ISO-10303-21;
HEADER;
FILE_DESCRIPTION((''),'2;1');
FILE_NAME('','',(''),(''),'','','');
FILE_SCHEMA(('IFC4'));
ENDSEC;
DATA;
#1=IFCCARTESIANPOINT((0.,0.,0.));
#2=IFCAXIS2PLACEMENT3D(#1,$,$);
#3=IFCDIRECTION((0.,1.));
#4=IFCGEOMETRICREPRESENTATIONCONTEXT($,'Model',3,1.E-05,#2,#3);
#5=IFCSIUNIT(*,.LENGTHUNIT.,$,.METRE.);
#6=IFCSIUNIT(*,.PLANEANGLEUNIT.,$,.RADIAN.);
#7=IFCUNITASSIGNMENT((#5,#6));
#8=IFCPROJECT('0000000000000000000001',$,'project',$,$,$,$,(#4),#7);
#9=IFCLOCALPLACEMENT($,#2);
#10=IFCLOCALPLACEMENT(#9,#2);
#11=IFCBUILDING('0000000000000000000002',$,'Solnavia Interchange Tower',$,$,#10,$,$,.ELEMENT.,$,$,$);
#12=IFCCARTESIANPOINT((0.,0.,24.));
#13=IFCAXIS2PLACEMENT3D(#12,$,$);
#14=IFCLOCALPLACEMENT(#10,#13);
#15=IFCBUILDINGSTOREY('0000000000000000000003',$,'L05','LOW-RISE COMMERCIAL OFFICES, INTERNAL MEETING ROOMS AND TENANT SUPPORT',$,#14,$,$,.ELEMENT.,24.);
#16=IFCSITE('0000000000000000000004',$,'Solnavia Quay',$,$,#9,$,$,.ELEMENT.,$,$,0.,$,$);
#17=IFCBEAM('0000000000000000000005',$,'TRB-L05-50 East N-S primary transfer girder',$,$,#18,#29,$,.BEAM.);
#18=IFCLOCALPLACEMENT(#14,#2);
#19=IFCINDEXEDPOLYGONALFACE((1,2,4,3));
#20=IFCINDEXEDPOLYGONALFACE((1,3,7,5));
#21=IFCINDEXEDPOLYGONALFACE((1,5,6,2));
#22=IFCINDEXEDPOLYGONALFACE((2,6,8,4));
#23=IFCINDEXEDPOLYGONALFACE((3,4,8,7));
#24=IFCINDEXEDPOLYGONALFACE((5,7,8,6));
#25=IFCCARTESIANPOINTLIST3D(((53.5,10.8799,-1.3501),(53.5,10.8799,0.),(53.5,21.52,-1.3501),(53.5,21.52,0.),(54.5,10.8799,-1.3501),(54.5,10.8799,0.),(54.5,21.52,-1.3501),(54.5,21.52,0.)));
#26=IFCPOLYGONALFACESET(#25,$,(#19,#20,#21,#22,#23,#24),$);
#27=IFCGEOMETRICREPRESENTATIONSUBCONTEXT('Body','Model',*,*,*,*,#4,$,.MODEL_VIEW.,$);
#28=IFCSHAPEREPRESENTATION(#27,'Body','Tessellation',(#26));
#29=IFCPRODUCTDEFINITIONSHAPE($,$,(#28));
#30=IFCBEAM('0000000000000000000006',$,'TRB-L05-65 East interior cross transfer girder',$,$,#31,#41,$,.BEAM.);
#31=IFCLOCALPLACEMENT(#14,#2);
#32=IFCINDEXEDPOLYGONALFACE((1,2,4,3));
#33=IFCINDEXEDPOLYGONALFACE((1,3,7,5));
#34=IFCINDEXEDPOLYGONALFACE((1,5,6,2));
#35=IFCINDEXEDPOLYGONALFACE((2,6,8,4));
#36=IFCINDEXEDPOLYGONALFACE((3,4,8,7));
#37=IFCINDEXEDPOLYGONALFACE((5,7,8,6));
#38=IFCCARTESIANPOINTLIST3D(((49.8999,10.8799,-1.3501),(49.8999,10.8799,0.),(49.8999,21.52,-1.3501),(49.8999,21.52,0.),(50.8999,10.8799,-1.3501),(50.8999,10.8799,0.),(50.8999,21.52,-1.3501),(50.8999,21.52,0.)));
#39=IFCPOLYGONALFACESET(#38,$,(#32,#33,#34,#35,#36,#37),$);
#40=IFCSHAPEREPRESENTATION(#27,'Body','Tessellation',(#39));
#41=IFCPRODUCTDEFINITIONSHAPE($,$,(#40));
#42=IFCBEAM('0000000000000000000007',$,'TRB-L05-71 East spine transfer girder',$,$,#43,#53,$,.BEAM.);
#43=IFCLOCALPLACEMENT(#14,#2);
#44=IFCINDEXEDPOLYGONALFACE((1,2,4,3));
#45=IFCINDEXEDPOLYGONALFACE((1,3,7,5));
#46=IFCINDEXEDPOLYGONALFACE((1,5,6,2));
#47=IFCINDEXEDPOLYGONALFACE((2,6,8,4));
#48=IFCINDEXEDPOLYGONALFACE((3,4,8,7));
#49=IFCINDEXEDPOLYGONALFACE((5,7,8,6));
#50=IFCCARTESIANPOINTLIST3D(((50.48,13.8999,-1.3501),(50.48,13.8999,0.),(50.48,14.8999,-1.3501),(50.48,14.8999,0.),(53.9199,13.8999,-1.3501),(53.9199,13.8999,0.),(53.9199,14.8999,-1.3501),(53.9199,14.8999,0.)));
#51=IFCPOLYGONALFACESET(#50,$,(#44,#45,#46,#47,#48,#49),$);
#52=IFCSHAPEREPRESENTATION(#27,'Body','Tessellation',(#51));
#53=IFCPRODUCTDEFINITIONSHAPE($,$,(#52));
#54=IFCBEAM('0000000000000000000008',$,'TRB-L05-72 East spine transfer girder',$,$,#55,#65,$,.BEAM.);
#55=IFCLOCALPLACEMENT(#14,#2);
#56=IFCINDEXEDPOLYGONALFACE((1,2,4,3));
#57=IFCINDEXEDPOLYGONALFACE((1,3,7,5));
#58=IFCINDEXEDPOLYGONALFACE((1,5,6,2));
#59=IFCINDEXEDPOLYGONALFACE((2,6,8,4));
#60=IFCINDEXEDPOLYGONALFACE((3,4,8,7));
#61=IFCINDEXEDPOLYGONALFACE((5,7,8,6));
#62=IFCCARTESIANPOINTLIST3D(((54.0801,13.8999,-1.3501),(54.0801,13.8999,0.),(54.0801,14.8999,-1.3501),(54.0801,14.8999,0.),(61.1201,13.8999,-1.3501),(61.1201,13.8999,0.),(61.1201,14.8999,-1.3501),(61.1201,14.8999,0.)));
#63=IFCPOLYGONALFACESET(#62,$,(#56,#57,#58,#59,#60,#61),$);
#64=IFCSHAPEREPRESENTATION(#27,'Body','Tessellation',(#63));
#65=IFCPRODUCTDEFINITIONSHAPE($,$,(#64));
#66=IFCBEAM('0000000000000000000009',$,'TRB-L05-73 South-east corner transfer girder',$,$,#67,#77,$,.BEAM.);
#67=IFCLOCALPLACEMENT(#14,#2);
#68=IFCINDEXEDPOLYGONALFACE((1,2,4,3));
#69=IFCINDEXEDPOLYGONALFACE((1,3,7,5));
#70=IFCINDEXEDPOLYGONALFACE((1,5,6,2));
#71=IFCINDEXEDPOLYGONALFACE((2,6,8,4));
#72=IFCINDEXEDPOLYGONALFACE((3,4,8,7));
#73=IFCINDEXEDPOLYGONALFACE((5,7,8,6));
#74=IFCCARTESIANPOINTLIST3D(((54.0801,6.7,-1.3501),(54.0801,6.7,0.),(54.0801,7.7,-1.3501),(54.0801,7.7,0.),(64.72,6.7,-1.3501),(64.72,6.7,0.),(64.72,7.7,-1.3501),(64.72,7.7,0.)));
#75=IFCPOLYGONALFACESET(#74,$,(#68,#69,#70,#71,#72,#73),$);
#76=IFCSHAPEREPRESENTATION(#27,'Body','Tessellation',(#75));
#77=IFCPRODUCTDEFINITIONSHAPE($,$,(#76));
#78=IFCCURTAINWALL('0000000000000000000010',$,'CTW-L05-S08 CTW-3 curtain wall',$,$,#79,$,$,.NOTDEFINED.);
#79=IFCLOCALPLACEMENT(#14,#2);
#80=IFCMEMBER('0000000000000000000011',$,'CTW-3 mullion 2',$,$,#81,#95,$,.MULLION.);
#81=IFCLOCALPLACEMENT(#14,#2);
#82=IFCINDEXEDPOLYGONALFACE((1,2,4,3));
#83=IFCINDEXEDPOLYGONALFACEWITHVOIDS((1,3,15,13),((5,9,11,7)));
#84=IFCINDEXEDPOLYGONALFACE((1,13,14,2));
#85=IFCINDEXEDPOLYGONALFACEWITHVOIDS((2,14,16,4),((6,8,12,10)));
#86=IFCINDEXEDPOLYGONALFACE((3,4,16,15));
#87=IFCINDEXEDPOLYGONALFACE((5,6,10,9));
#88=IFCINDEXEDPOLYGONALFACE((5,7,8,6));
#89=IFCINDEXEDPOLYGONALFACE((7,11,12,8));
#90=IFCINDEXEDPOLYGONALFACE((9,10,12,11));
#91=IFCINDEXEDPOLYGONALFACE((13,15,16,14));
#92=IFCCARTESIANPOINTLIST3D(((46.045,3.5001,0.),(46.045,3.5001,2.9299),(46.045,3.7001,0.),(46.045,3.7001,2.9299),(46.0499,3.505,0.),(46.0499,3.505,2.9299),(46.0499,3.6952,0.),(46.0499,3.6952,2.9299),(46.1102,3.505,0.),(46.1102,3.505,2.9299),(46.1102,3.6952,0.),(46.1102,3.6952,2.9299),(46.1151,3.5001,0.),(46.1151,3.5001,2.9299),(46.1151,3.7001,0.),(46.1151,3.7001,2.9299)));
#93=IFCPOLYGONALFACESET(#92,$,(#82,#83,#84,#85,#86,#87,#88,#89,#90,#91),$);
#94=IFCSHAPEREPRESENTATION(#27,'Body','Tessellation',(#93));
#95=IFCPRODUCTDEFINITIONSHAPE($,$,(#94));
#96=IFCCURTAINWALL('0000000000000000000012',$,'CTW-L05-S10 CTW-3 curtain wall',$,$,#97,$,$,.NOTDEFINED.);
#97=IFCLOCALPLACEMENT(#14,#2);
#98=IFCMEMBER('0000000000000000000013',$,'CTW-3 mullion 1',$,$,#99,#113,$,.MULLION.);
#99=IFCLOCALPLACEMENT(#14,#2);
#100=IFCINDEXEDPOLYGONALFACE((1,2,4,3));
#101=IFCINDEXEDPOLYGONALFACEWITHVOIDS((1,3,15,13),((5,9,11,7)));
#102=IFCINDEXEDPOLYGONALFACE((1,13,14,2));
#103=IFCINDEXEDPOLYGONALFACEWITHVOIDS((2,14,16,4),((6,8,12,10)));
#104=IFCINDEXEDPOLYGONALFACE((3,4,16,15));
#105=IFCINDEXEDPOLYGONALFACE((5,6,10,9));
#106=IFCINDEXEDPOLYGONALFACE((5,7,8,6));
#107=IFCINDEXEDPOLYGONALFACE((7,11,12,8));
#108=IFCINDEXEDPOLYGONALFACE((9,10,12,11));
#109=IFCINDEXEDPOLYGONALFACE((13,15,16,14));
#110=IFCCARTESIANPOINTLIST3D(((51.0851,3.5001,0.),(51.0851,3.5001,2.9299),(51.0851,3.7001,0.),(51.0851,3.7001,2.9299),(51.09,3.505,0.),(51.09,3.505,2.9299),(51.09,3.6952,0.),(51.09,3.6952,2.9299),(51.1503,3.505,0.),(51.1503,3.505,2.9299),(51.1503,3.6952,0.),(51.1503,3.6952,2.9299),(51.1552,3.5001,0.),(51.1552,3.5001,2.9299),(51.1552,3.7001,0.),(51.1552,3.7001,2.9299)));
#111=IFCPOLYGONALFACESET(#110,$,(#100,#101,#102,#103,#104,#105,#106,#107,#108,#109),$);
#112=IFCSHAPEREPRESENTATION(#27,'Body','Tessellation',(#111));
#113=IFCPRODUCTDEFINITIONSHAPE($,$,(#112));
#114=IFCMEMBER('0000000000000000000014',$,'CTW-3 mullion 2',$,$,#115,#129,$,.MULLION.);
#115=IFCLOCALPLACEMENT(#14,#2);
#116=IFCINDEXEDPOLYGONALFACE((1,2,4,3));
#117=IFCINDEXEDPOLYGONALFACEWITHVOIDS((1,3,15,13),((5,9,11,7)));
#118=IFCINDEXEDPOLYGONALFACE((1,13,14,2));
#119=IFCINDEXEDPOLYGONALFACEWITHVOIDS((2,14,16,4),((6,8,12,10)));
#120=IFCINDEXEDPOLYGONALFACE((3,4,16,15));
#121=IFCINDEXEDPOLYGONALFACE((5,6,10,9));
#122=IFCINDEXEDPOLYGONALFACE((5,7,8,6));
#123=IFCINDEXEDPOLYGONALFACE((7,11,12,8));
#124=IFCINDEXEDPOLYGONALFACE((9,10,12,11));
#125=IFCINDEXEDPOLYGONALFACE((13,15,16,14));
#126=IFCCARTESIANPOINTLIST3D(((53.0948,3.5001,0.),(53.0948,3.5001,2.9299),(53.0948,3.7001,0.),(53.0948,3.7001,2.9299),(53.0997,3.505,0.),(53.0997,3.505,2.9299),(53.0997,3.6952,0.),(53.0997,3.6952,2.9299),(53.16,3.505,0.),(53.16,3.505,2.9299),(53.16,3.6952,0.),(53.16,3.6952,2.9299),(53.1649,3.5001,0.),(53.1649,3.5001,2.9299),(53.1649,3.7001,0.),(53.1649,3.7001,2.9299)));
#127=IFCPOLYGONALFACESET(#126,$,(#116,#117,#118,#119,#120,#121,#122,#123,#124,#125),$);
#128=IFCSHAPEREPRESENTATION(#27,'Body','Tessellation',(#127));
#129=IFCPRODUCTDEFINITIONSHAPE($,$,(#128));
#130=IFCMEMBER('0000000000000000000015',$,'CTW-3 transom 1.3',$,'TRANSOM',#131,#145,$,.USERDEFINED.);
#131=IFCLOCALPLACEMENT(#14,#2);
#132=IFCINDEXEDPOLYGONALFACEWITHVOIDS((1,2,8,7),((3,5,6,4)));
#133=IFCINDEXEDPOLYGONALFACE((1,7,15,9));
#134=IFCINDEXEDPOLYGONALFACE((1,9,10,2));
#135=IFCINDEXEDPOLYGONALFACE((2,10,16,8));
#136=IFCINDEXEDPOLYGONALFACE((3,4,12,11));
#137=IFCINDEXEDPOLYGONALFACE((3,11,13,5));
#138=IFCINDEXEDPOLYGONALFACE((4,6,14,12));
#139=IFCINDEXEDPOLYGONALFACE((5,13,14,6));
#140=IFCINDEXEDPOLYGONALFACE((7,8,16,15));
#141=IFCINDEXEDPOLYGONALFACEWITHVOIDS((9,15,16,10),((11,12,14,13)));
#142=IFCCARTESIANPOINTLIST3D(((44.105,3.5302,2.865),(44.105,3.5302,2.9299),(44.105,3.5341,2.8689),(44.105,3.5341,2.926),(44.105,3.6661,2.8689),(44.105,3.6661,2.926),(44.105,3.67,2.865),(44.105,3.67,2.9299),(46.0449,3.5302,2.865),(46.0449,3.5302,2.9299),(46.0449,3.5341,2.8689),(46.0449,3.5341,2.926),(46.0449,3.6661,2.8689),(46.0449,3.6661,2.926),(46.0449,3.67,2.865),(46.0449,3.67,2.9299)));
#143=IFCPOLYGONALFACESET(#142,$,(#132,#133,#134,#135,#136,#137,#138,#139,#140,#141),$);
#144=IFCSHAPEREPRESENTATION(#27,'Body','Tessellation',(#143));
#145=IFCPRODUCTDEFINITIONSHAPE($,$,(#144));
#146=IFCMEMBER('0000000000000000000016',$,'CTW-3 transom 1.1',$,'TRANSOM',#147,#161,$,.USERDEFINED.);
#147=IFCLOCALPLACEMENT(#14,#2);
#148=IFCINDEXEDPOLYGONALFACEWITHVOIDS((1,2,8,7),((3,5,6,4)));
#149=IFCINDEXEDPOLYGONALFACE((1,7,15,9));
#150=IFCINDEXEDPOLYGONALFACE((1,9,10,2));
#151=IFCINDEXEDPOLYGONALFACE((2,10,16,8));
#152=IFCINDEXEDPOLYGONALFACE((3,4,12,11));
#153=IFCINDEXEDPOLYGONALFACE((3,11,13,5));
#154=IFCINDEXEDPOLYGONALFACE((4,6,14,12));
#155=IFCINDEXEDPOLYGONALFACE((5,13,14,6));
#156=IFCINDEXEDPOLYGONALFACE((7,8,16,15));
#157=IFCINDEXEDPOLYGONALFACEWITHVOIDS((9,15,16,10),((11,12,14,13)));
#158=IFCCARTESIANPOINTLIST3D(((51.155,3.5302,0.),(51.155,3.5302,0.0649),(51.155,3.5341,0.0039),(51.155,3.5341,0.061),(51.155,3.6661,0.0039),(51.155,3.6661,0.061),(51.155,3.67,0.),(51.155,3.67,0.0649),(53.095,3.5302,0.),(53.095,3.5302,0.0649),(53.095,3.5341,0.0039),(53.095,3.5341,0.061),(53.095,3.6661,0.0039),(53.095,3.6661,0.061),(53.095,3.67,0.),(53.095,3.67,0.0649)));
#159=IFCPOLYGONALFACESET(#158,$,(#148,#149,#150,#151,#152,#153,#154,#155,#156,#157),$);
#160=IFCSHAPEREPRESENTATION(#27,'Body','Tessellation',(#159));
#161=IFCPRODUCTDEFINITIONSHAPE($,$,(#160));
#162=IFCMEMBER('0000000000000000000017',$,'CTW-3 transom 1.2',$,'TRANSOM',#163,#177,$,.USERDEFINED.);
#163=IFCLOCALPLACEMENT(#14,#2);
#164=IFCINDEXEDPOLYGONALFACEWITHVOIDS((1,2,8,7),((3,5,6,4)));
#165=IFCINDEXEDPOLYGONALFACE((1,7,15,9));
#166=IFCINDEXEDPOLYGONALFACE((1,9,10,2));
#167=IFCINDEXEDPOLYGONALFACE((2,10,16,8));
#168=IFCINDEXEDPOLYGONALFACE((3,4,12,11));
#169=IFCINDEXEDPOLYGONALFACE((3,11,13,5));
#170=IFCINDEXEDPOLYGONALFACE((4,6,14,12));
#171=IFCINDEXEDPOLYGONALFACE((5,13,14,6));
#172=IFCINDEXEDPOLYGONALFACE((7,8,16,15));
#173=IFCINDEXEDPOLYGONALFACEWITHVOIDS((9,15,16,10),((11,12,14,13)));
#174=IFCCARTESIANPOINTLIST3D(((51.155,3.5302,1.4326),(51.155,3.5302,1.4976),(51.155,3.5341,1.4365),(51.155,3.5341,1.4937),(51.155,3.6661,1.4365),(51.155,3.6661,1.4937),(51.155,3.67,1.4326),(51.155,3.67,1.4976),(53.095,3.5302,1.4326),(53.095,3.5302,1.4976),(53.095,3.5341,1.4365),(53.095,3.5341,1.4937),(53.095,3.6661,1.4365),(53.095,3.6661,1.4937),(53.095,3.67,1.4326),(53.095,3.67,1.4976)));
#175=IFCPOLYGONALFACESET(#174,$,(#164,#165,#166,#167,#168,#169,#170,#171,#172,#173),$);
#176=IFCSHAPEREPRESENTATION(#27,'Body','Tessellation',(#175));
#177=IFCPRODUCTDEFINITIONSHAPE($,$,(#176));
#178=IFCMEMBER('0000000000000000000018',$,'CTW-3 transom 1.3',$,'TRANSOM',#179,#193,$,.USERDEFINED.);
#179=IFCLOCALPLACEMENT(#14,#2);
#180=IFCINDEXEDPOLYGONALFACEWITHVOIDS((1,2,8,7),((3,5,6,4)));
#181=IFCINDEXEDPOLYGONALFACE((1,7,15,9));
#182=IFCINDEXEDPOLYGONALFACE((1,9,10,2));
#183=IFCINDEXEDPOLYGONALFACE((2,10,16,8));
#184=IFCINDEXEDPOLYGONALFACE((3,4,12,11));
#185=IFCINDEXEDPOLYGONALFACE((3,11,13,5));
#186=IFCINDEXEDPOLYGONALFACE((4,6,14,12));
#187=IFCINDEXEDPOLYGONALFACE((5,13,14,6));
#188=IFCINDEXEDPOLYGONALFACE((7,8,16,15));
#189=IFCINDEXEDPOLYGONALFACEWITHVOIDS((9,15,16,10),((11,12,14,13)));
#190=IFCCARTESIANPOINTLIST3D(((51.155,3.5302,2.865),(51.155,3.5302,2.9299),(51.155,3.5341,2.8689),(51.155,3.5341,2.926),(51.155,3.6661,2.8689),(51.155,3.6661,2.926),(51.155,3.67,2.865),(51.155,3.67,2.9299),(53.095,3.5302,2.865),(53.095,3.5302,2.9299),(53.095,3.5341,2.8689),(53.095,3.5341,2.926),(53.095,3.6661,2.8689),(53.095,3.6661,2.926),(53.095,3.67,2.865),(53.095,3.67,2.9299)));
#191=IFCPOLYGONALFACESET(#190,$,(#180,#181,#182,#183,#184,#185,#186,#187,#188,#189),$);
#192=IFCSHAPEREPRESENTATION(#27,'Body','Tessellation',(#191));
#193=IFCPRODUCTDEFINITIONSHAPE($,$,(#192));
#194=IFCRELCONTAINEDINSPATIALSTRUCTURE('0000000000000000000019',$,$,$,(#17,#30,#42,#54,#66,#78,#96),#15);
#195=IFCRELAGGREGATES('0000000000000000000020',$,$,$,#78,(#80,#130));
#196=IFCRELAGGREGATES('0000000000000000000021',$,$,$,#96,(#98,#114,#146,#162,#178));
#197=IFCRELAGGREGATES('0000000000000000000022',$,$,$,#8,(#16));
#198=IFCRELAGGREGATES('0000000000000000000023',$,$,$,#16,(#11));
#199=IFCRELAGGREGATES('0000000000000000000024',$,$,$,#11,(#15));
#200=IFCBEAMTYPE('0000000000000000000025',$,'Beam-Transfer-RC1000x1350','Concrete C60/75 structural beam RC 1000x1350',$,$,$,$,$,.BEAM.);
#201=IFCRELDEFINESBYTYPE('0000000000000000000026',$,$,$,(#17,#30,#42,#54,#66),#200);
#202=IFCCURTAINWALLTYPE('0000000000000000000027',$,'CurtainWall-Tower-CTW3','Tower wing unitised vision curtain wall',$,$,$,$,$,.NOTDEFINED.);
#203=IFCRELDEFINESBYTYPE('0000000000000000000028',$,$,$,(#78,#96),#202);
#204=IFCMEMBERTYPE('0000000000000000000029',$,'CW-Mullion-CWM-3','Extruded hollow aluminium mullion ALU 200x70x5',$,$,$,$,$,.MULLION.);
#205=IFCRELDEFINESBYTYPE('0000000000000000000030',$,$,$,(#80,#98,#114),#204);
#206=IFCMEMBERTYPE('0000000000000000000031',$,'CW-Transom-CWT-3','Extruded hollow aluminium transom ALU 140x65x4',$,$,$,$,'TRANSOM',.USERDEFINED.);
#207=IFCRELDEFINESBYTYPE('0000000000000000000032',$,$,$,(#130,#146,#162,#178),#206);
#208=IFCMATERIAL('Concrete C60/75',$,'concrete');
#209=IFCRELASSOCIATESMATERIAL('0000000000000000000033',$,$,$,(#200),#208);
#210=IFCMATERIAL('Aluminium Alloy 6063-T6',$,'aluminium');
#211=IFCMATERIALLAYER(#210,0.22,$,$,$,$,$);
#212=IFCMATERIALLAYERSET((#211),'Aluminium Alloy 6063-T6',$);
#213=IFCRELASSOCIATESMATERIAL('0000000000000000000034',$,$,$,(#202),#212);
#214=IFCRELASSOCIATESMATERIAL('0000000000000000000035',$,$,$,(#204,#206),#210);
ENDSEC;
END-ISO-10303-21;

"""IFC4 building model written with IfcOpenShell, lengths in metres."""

from ifc_helpers import new_model, si_unit, direction, frame, origin, origin_2d, place, context, subcontext, project, spatial, rectangle, hollow_rectangle, extrude, material, layer, layer_set, material_profile, profile_set, type_object, element, aggregate, save


model = new_model("IFC4")

# Units and contexts
model_context = context("Model", 3, precision=1e-05, world=origin(), true_north=direction((0.0, 1.0)))
body_context = subcontext(model_context, "Body", "Model", "MODEL_VIEW")
ifc_project = project(units=[si_unit("LENGTHUNIT", "METRE"), si_unit("PLANEANGLEUNIT", "RADIAN")], contexts=[model_context])

# Site, building, storey
site_placement = place(None, origin())
site = spatial("IfcSite", under=ifc_project, at=site_placement, Name="Solnavia Quay", CompositionType="ELEMENT", RefElevation=0.0)
building_placement = place(site_placement, origin())
building = spatial("IfcBuilding", under=site, at=building_placement, Name="Solnavia Interchange Tower", CompositionType="ELEMENT")
storey_placement = place(building_placement, frame((0.0, 0.0, 24.0)))
storey = spatial("IfcBuildingStorey", under=building, at=storey_placement, Name="L05", Description="LOW-RISE COMMERCIAL OFFICES, INTERNAL MEETING ROOMS AND TENANT SUPPORT", CompositionType="ELEMENT", Elevation=24.0)

# Shared definitions
ifc_material_1 = material(Name="Concrete C60/75", Category="concrete")

# Beams
ifc_material_profile_1 = material_profile(ifc_material_1, rectangle(XDim=1.0, YDim=1.3501, at=origin_2d()), Name="RC 1000x1350")
ifc_profile_set_1 = profile_set([ifc_material_profile_1], Name="Concrete C60/75")
beam_type_1 = type_object("IfcBeamType", Name="Beam-Transfer-RC1000x1350", Description="Concrete C60/75 structural beam RC 1000x1350", PredefinedType="BEAM", material=ifc_profile_set_1)
for number, where, z_axis, x_axis, name in (
    (1, (54.0, 10.8799, -0.675), (0.0, 1.0, 0.0), (-1.0, 0.0, 0.0), "TRB-L05-50 East N-S primary transfer girder"),
    (2, (50.3999, 10.8799, -0.675), (0.0, 1.0, 0.0), (-1.0, 0.0, 0.0), "TRB-L05-65 East interior cross transfer girder"),
):
    element("IfcBeam", number, at=place(storey_placement, frame(where, z_axis=z_axis, x_axis=x_axis)), inside=storey, type_object=beam_type_1, Name=name, PredefinedType="BEAM", context=body_context, shape_type="SweptSolid", body=[
        extrude(rectangle(XDim=1.0, YDim=1.3501, at=origin_2d()), origin(), (0.0, 0.0, 1.0), 10.6401),
    ])
beam_1_placement = place(storey_placement, frame((50.48, 14.3999, -0.675), z_axis=(1.0, 0.0, 0.0), x_axis=(0.0, 1.0, 0.0)))
element("IfcBeam", 3, at=beam_1_placement, inside=storey, type_object=beam_type_1, Name="TRB-L05-71 East spine transfer girder", PredefinedType="BEAM", context=body_context, shape_type="SweptSolid", body=[
    extrude(rectangle(XDim=1.0, YDim=1.3501, at=origin_2d()), origin(), (0.0, 0.0, 1.0), 3.4399),
])
beam_2_placement = place(storey_placement, frame((54.0801, 14.3999, -0.675), z_axis=(1.0, 0.0, 0.0), x_axis=(0.0, 1.0, 0.0)))
element("IfcBeam", 4, at=beam_2_placement, inside=storey, type_object=beam_type_1, Name="TRB-L05-72 East spine transfer girder", PredefinedType="BEAM", context=body_context, shape_type="SweptSolid", body=[
    extrude(rectangle(XDim=1.0, YDim=1.3501, at=origin_2d()), origin(), (0.0, 0.0, 1.0), 7.04),
])
beam_3_placement = place(storey_placement, frame((54.0801, 7.2, -0.675), z_axis=(1.0, 0.0, 0.0), x_axis=(0.0, 1.0, 0.0)))
element("IfcBeam", 5, at=beam_3_placement, inside=storey, type_object=beam_type_1, Name="TRB-L05-73 South-east corner transfer girder", PredefinedType="BEAM", context=body_context, shape_type="SweptSolid", body=[
    extrude(rectangle(XDim=1.0, YDim=1.3501, at=origin_2d()), origin(), (0.0, 0.0, 1.0), 10.6399),
])

# Curtain wall, member
ifc_material_2 = material(Name="Aluminium Alloy 6063-T6", Category="aluminium")
ifc_layer_1 = layer(ifc_material_2, 0.22)
ifc_layer_set_1 = layer_set([ifc_layer_1], Name="Aluminium Alloy 6063-T6")
curtain_wall_type = type_object("IfcCurtainWallType", Name="CurtainWall-Tower-CTW3", Description="Tower wing unitised vision curtain wall", PredefinedType="NOTDEFINED", material=ifc_layer_set_1)
curtain_wall_1_placement = place(storey_placement, origin())
curtain_wall_1 = element("IfcCurtainWall", 6, at=curtain_wall_1_placement, inside=storey, type_object=curtain_wall_type, Name="CTW-L05-S08 CTW-3 curtain wall", PredefinedType="NOTDEFINED")
ifc_material_profile_2 = material_profile(ifc_material_2, hollow_rectangle(XDim=0.0701, YDim=0.2, WallThickness=0.0049, at=origin_2d()), Name="ALU 200x70x5")
ifc_profile_set_2 = profile_set([ifc_material_profile_2], Name="Aluminium Alloy 6063-T6")
member_type_1 = type_object("IfcMemberType", Name="CW-Mullion-CWM-3", Description="Extruded hollow aluminium mullion ALU 200x70x5", PredefinedType="MULLION", material=ifc_profile_set_2)
member_1_placement = place(storey_placement, frame((46.0801, 3.6001, 0.0), z_axis=(0.0, 0.0, 1.0), x_axis=(1.0, 0.0, 0.0)))
member_1 = element("IfcMember", 7, at=member_1_placement, type_object=member_type_1, Name="CTW-3 mullion 2", PredefinedType="MULLION", context=body_context, shape_type="SweptSolid", body=[
    extrude(hollow_rectangle(XDim=0.0701, YDim=0.2, WallThickness=0.0049, at=origin_2d()), origin(), (0.0, 0.0, 1.0), 2.9299),
])

# Curtain wall, members
curtain_wall_2_placement = place(storey_placement, origin())
curtain_wall_2 = element("IfcCurtainWall", 8, at=curtain_wall_2_placement, inside=storey, type_object=curtain_wall_type, Name="CTW-L05-S10 CTW-3 curtain wall", PredefinedType="NOTDEFINED")
member_2_placement = place(storey_placement, frame((51.1201, 3.6001, 0.0), z_axis=(0.0, 0.0, 1.0), x_axis=(1.0, 0.0, 0.0)))
member_2 = element("IfcMember", 9, at=member_2_placement, type_object=member_type_1, Name="CTW-3 mullion 1", PredefinedType="MULLION", context=body_context, shape_type="SweptSolid", body=[
    extrude(hollow_rectangle(XDim=0.0701, YDim=0.2, WallThickness=0.0049, at=origin_2d()), origin(), (0.0, 0.0, 1.0), 2.9299),
])
member_3_placement = place(storey_placement, frame((53.1299, 3.6001, 0.0), z_axis=(0.0, 0.0, 1.0), x_axis=(1.0, 0.0, 0.0)))
member_3 = element("IfcMember", 10, at=member_3_placement, type_object=member_type_1, Name="CTW-3 mullion 2", PredefinedType="MULLION", context=body_context, shape_type="SweptSolid", body=[
    extrude(hollow_rectangle(XDim=0.0701, YDim=0.2, WallThickness=0.0049, at=origin_2d()), origin(), (0.0, 0.0, 1.0), 2.9299),
])

# Members
ifc_material_profile_3 = material_profile(ifc_material_2, hollow_rectangle(XDim=0.0649, YDim=0.1399, WallThickness=0.0039, at=origin_2d()), Name="ALU 140x65x4")
ifc_profile_set_3 = profile_set([ifc_material_profile_3], Name="Aluminium Alloy 6063-T6")
member_type_2 = type_object("IfcMemberType", Name="CW-Transom-CWT-3", Description="Extruded hollow aluminium transom ALU 140x65x4", ElementType="TRANSOM", PredefinedType="USERDEFINED", material=ifc_profile_set_3)
member_4_placement = place(storey_placement, frame((44.105, 3.6001, 2.8975), z_axis=(1.0, 0.0, 0.0), x_axis=(0.0, 0.0, 1.0)))
member_4 = element("IfcMember", 11, at=member_4_placement, type_object=member_type_2, Name="CTW-3 transom 1.3", ObjectType="TRANSOM", PredefinedType="USERDEFINED", context=body_context, shape_type="SweptSolid", body=[
    extrude(hollow_rectangle(XDim=0.0649, YDim=0.1399, WallThickness=0.0039, at=origin_2d()), origin(), (0.0, 0.0, 1.0), 1.9399),
])
member_5_placement = place(storey_placement, frame((51.155, 3.6001, 0.0325), z_axis=(1.0, 0.0, 0.0), x_axis=(0.0, 0.0, 1.0)))
member_5 = element("IfcMember", 12, at=member_5_placement, type_object=member_type_2, Name="CTW-3 transom 1.1", ObjectType="TRANSOM", PredefinedType="USERDEFINED", context=body_context, shape_type="SweptSolid", body=[
    extrude(hollow_rectangle(XDim=0.0649, YDim=0.1399, WallThickness=0.0039, at=origin_2d()), origin(), (0.0, 0.0, 1.0), 1.9399),
])
member_6_placement = place(storey_placement, frame((51.155, 3.6001, 1.4651), z_axis=(1.0, 0.0, 0.0), x_axis=(0.0, 0.0, 1.0)))
member_6 = element("IfcMember", 13, at=member_6_placement, type_object=member_type_2, Name="CTW-3 transom 1.2", ObjectType="TRANSOM", PredefinedType="USERDEFINED", context=body_context, shape_type="SweptSolid", body=[
    extrude(hollow_rectangle(XDim=0.0649, YDim=0.1399, WallThickness=0.0039, at=origin_2d()), origin(), (0.0, 0.0, 1.0), 1.9399),
])
member_7_placement = place(storey_placement, frame((51.155, 3.6001, 2.8975), z_axis=(1.0, 0.0, 0.0), x_axis=(0.0, 0.0, 1.0)))
member_7 = element("IfcMember", 14, at=member_7_placement, type_object=member_type_2, Name="CTW-3 transom 1.3", ObjectType="TRANSOM", PredefinedType="USERDEFINED", context=body_context, shape_type="SweptSolid", body=[
    extrude(hollow_rectangle(XDim=0.0649, YDim=0.1399, WallThickness=0.0039, at=origin_2d()), origin(), (0.0, 0.0, 1.0), 1.9399),
])

aggregate(curtain_wall_1, [member_1, member_4])
aggregate(curtain_wall_2, [member_2, member_3, member_5, member_6, member_7])

save(model, "model.ifc")
